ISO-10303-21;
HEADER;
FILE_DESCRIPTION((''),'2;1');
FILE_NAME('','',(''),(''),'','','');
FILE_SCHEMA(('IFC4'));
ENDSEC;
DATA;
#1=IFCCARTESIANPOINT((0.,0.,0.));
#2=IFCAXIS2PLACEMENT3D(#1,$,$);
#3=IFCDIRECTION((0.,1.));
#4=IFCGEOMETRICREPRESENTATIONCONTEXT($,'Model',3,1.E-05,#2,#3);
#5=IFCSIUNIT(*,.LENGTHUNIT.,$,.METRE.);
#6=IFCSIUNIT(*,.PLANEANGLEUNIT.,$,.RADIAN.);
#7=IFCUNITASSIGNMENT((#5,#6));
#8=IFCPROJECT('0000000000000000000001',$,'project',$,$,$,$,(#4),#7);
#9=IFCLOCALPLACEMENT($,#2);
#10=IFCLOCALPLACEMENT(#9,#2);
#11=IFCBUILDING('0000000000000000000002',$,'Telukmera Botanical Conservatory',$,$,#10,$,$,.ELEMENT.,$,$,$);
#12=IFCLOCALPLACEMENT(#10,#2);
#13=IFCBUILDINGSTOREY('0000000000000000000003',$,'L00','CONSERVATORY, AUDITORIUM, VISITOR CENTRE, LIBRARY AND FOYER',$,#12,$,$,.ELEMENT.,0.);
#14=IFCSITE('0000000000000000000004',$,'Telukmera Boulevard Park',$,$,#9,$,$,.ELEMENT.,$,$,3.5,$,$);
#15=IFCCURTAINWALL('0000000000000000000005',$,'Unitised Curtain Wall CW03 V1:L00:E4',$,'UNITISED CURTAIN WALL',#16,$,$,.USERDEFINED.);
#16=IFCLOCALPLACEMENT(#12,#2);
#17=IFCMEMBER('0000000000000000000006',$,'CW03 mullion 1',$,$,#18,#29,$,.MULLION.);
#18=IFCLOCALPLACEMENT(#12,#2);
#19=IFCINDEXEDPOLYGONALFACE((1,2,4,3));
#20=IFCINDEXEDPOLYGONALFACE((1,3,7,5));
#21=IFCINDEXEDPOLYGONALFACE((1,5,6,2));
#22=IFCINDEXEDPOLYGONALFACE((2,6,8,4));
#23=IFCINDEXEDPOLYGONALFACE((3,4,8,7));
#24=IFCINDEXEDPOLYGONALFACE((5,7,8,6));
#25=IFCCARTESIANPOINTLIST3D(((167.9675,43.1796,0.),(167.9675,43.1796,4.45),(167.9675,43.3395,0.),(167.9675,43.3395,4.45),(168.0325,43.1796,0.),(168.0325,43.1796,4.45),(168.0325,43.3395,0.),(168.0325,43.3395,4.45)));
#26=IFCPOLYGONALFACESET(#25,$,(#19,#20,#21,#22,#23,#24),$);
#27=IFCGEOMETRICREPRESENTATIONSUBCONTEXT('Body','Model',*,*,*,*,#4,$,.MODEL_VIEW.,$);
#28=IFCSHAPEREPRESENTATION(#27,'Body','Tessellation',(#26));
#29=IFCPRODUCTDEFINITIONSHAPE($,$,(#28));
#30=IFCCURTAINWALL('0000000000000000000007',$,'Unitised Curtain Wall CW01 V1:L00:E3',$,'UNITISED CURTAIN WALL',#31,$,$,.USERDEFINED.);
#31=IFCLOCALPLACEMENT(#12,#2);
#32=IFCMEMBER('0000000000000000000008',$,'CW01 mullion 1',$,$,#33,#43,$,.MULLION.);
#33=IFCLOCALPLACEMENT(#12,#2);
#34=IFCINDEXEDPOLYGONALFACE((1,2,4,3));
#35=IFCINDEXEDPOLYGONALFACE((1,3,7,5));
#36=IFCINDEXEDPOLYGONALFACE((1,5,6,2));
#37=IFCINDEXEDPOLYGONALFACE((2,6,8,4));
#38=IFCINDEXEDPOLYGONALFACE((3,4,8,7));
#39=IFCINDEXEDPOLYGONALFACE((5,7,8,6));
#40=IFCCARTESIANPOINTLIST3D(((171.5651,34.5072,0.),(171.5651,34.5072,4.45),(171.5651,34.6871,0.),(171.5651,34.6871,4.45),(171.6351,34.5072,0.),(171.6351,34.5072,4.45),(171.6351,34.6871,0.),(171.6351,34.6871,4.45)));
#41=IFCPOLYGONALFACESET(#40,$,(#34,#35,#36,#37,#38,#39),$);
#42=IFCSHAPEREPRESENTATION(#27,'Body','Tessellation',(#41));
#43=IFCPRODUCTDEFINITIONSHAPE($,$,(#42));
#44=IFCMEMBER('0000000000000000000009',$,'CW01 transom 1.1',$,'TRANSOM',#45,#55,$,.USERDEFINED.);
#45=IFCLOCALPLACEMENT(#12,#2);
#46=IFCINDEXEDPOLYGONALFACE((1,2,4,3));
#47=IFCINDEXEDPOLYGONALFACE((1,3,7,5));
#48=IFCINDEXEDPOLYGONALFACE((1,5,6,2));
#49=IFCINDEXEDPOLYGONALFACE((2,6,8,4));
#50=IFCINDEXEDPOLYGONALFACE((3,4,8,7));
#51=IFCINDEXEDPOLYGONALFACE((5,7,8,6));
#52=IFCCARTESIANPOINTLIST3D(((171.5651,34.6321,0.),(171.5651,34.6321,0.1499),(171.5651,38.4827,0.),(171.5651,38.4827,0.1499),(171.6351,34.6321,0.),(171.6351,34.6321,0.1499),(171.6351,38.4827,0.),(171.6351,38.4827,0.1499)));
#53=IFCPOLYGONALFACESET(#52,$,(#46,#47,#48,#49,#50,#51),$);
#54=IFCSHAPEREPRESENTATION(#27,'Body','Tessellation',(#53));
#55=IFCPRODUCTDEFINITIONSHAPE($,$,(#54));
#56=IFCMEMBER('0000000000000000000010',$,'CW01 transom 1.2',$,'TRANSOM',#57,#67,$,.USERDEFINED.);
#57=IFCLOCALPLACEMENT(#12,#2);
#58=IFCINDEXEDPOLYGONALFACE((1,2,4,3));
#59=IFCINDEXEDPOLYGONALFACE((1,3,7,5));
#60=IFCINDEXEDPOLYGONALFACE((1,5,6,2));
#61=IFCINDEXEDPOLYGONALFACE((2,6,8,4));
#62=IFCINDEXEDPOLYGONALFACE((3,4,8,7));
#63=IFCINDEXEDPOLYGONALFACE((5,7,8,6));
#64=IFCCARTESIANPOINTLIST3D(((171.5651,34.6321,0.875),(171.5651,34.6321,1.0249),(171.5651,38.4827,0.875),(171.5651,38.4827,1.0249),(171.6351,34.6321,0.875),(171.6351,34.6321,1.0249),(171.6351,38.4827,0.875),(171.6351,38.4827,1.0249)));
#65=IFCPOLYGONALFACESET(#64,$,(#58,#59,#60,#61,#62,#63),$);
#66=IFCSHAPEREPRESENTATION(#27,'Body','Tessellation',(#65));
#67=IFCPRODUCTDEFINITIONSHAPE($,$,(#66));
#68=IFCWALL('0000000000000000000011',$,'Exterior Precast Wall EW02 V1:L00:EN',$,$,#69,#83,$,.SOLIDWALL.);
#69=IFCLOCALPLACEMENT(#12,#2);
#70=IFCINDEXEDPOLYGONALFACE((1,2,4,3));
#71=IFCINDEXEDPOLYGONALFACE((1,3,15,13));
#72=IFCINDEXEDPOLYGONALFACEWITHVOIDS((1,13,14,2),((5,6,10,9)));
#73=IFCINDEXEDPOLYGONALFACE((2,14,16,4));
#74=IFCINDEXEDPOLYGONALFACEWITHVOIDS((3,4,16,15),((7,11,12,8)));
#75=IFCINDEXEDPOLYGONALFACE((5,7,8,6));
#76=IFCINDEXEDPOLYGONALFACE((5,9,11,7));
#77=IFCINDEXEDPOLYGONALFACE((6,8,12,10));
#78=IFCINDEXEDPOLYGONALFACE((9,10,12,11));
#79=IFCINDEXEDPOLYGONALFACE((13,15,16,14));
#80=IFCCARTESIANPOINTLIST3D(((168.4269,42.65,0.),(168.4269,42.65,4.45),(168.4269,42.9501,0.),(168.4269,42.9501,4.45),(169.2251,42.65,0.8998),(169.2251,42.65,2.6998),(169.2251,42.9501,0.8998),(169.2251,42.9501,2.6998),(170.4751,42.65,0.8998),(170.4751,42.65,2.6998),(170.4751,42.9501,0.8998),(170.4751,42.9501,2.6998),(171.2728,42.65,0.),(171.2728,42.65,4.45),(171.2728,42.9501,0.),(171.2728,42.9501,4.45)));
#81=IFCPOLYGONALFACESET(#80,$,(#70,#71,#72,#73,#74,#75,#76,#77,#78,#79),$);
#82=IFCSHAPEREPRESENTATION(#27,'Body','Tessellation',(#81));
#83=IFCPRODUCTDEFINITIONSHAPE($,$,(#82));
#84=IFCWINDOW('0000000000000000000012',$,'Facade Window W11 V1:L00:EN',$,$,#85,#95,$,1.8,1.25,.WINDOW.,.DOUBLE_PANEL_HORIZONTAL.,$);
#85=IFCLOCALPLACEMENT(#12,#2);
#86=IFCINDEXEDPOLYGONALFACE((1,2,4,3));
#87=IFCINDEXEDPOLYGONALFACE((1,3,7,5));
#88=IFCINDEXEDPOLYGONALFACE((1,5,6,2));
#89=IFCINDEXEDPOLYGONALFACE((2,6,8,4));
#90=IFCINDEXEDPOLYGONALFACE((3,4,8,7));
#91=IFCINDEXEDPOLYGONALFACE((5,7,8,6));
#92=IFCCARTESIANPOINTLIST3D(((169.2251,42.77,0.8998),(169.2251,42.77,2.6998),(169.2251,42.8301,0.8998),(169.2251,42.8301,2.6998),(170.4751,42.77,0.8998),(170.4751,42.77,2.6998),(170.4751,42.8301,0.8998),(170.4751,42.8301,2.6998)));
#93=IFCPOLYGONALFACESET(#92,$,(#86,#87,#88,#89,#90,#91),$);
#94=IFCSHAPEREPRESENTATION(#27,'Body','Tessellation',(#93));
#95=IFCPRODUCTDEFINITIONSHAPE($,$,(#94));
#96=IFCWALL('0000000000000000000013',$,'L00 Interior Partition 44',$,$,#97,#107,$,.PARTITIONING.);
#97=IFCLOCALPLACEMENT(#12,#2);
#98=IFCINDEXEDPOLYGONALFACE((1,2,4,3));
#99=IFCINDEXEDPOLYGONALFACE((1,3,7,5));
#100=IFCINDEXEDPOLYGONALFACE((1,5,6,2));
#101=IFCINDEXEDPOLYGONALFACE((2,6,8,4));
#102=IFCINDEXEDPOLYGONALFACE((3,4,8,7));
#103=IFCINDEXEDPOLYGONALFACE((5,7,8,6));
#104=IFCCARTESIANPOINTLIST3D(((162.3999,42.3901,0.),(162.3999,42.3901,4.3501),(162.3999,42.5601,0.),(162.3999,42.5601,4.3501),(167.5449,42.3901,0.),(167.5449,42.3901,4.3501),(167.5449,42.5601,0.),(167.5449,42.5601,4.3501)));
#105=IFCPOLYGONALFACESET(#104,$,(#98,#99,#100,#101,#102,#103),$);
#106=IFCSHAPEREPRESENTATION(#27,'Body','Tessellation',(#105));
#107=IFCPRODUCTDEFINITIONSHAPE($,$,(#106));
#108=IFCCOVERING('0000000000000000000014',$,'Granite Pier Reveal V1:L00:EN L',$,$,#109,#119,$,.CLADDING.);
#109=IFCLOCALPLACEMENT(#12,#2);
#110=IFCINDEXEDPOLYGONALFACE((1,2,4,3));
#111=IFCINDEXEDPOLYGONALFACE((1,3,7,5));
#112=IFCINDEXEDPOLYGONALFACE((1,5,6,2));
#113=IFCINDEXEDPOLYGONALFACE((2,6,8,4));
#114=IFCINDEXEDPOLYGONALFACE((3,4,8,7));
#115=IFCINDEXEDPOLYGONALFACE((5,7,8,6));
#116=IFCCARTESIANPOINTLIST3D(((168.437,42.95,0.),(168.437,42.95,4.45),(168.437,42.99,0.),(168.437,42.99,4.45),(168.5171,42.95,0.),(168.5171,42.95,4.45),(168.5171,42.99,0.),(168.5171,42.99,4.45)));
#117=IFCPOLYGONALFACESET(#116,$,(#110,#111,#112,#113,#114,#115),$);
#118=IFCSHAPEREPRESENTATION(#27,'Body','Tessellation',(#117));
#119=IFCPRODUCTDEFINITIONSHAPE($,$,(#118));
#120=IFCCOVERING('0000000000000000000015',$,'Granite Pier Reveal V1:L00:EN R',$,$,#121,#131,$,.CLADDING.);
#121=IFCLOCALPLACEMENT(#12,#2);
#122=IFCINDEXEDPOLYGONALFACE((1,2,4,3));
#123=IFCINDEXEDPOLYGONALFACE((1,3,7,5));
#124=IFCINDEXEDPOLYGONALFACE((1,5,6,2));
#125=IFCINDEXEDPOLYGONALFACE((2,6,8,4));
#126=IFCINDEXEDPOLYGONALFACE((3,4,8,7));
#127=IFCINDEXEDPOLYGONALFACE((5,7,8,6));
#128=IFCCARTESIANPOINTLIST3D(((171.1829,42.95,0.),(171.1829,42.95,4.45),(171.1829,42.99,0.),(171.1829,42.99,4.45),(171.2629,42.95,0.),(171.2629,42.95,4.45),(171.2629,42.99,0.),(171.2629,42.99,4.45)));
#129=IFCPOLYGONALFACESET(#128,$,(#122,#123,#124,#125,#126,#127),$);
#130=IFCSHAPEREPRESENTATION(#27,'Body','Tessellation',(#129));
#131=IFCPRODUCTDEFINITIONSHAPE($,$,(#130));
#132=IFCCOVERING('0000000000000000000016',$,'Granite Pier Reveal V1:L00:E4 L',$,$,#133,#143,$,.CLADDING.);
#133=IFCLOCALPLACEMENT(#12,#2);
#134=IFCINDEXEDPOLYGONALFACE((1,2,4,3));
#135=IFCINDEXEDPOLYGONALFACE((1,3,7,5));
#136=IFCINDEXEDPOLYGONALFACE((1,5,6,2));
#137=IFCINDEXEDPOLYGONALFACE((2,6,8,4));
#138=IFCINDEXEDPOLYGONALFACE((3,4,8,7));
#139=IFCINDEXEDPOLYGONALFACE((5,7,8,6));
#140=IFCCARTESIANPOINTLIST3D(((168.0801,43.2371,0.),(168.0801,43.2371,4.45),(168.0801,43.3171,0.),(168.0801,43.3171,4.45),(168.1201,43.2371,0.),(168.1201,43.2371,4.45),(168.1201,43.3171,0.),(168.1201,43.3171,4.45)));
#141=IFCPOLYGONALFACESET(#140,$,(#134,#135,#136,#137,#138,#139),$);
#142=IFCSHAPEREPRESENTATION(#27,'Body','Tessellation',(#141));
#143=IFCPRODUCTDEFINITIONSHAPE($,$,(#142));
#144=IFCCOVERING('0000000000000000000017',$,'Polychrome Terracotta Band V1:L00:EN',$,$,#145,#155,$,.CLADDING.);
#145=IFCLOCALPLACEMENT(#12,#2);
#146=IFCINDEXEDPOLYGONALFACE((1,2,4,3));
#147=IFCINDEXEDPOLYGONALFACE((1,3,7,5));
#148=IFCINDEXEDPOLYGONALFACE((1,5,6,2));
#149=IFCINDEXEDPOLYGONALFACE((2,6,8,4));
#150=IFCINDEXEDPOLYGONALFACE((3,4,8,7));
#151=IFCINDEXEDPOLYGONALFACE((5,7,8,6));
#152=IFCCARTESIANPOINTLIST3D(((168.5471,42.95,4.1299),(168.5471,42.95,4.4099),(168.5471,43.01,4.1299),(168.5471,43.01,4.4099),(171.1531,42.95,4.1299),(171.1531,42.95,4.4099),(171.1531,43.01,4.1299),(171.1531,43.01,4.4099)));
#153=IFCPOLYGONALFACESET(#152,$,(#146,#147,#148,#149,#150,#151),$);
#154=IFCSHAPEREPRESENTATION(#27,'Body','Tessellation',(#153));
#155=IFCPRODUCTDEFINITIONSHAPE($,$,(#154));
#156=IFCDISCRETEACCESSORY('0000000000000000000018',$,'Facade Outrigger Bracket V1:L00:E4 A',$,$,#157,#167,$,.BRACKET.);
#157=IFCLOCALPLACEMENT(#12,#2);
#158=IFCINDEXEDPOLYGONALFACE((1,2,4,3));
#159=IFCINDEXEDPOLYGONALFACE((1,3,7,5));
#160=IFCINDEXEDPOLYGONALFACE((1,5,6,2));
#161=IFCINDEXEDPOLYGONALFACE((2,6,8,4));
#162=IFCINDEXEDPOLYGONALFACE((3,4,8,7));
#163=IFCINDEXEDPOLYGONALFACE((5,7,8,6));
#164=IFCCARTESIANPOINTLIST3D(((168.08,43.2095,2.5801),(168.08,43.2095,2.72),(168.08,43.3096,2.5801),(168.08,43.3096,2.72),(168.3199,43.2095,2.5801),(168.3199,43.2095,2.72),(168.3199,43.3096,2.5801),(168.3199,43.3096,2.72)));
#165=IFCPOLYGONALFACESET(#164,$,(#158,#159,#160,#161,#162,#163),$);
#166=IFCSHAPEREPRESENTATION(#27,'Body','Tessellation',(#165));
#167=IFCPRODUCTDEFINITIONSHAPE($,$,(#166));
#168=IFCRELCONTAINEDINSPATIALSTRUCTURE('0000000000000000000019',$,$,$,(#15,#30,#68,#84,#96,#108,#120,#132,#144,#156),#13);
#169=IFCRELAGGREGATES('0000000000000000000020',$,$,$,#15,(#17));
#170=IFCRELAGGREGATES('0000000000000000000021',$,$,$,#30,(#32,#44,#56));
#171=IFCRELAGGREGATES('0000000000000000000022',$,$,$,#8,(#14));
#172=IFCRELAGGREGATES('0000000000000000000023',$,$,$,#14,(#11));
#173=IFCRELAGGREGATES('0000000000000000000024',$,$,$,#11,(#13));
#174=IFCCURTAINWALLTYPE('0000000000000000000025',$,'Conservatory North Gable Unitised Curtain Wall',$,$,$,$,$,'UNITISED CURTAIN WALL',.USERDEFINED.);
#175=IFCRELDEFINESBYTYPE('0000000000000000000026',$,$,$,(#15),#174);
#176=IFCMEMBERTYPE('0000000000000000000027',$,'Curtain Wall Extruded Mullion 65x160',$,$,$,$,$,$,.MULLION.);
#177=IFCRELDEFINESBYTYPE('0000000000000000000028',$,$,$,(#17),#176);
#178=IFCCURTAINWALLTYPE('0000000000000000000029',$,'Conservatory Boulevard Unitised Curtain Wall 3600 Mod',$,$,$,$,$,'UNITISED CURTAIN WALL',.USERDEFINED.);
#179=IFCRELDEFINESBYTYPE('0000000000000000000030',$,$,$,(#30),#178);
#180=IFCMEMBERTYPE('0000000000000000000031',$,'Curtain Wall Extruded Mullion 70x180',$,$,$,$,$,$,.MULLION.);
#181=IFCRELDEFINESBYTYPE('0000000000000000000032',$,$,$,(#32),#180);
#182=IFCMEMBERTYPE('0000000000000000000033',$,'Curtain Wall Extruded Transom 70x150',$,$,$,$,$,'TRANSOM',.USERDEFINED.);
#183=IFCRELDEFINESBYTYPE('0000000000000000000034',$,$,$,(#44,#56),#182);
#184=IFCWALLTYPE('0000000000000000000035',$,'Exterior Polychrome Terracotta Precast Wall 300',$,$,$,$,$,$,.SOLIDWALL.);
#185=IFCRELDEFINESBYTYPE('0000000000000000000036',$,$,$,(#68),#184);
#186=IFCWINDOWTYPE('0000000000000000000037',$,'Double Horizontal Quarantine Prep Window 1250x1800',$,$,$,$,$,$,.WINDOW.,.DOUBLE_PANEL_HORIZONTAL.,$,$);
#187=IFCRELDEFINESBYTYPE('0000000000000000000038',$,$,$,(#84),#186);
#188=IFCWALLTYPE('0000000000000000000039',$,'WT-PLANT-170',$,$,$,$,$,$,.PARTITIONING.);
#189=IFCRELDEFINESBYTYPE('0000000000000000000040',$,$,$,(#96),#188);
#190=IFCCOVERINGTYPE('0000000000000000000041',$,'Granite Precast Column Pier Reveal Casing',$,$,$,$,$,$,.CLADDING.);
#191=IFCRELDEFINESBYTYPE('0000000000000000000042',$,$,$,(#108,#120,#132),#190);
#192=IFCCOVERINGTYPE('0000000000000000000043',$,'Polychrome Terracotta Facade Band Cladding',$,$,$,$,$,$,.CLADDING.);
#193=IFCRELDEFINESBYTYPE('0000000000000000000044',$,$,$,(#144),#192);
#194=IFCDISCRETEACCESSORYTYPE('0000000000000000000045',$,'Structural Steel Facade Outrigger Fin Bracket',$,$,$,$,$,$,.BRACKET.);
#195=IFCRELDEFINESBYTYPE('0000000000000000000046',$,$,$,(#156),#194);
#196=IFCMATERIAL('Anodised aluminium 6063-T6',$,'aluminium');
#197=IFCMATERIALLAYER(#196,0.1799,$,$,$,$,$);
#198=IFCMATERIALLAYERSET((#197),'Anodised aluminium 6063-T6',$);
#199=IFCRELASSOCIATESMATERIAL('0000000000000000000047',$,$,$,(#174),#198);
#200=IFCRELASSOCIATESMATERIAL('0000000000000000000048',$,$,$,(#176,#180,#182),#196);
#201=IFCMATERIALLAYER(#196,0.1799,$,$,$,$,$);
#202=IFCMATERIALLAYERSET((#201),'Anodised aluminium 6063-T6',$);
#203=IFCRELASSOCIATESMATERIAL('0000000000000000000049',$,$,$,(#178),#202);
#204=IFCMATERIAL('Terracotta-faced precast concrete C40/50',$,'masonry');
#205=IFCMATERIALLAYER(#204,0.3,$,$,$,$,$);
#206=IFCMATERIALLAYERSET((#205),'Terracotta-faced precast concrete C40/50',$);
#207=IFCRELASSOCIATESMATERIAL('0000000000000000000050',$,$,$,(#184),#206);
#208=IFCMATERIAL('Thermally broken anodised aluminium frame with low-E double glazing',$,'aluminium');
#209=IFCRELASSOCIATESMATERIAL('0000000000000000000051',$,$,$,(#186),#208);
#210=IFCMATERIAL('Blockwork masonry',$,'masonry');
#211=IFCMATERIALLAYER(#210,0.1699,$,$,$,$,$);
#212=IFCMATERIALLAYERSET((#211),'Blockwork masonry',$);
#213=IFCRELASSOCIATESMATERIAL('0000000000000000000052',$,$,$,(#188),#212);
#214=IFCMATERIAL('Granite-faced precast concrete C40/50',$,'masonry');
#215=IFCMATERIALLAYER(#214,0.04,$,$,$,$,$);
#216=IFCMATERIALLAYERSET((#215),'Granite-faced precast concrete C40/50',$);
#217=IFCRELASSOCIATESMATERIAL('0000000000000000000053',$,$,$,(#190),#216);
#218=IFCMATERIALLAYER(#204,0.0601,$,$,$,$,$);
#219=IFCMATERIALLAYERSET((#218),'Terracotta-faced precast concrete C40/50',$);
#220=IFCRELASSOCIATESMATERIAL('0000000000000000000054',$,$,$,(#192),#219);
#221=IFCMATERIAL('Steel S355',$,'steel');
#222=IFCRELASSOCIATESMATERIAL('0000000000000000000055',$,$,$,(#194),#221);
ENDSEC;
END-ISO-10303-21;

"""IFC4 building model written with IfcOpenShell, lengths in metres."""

from ifc_helpers import new_model, si_unit, direction, frame, frame_2d, origin, origin_2d, place, context, subcontext, project, spatial, rectangle, extrude, material, layer, layer_set, material_profile, profile_set, type_object, element, fill, aggregate, save


model = new_model("IFC4")

# Units and contexts
model_context = context("Model", 3, precision=1e-05, world=origin(), true_north=direction((0.0, 1.0)))
body_context = subcontext(model_context, "Body", "Model", "MODEL_VIEW")
ifc_project = project(units=[si_unit("LENGTHUNIT", "METRE"), si_unit("PLANEANGLEUNIT", "RADIAN")], contexts=[model_context])

# Site, building, storey
site_placement = place(None, origin())
site = spatial("IfcSite", under=ifc_project, at=site_placement, Name="Telukmera Boulevard Park", CompositionType="ELEMENT", RefElevation=3.5)
building_placement = place(site_placement, origin())
building = spatial("IfcBuilding", under=site, at=building_placement, Name="Telukmera Botanical Conservatory", CompositionType="ELEMENT")
storey_placement = place(building_placement, origin())
storey = spatial("IfcBuildingStorey", under=building, at=storey_placement, Name="L00", Description="CONSERVATORY, AUDITORIUM, VISITOR CENTRE, LIBRARY AND FOYER", CompositionType="ELEMENT", Elevation=0.0)

# Shared definitions
ifc_material_1 = material(Name="Steel S355", Category="steel")

# Curtain wall, member
ifc_material_2 = material(Name="Anodised aluminium 6063-T6", Category="aluminium")
ifc_layer_1 = layer(ifc_material_2, 0.1799)
ifc_layer_set_1 = layer_set([ifc_layer_1], Name="Anodised aluminium 6063-T6")
curtain_wall_type_1 = type_object("IfcCurtainWallType", Name="Conservatory North Gable Unitised Curtain Wall", ElementType="UNITISED CURTAIN WALL", PredefinedType="USERDEFINED", material=ifc_layer_set_1)
curtain_wall_1_placement = place(storey_placement, origin())
curtain_wall_1 = element("IfcCurtainWall", 1, at=curtain_wall_1_placement, inside=storey, type_object=curtain_wall_type_1, Name="Unitised Curtain Wall CW03 V1:L00:E4", ObjectType="UNITISED CURTAIN WALL", PredefinedType="USERDEFINED")
ifc_material_profile_1 = material_profile(ifc_material_2, rectangle(XDim=0.0649, YDim=0.1599, at=origin_2d()), Name="ALU MULL 65x160")
ifc_profile_set_1 = profile_set([ifc_material_profile_1], Name="Anodised aluminium 6063-T6")
member_type_1 = type_object("IfcMemberType", Name="Curtain Wall Extruded Mullion 65x160", PredefinedType="MULLION", material=ifc_profile_set_1)
member_1_placement = place(storey_placement, frame((168.0, 43.2595, 0.0), z_axis=(0.0, 0.0, 1.0), x_axis=(-1.0, 0.0, 0.0)))
member_1 = element("IfcMember", 2, at=member_1_placement, type_object=member_type_1, Name="CW03 mullion 1", PredefinedType="MULLION", context=body_context, shape_type="SweptSolid", body=[
    extrude(rectangle(XDim=0.0649, YDim=0.1599, at=origin_2d()), origin(), (0.0, 0.0, 1.0), 4.45),
])
aggregate(curtain_wall_1, [member_1])

# Curtain wall, members
ifc_layer_2 = layer(ifc_material_2, 0.1799)
ifc_layer_set_2 = layer_set([ifc_layer_2], Name="Anodised aluminium 6063-T6")
curtain_wall_type_2 = type_object("IfcCurtainWallType", Name="Conservatory Boulevard Unitised Curtain Wall 3600 Mod", ElementType="UNITISED CURTAIN WALL", PredefinedType="USERDEFINED", material=ifc_layer_set_2)
curtain_wall_2_placement = place(storey_placement, origin())
curtain_wall_2 = element("IfcCurtainWall", 3, at=curtain_wall_2_placement, inside=storey, type_object=curtain_wall_type_2, Name="Unitised Curtain Wall CW01 V1:L00:E3", ObjectType="UNITISED CURTAIN WALL", PredefinedType="USERDEFINED")
ifc_material_profile_2 = material_profile(ifc_material_2, rectangle(XDim=0.0701, YDim=0.1799, at=origin_2d()), Name="ALU MULL 70x180")
ifc_profile_set_2 = profile_set([ifc_material_profile_2], Name="Anodised aluminium 6063-T6")
member_type_2 = type_object("IfcMemberType", Name="Curtain Wall Extruded Mullion 70x180", PredefinedType="MULLION", material=ifc_profile_set_2)
member_2_placement = place(storey_placement, frame((171.6001, 34.5972, 0.0), z_axis=(0.0, 0.0, 1.0), x_axis=(-1.0, 0.0, 0.0)))
member_2 = element("IfcMember", 4, at=member_2_placement, type_object=member_type_2, Name="CW01 mullion 1", PredefinedType="MULLION", context=body_context, shape_type="SweptSolid", body=[
    extrude(rectangle(XDim=0.0701, YDim=0.1799, at=origin_2d()), origin(), (0.0, 0.0, 1.0), 4.45),
])
ifc_material_profile_3 = material_profile(ifc_material_2, rectangle(XDim=0.0701, YDim=0.1499, at=origin_2d()), Name="ALU TRAN 70x150")
ifc_profile_set_3 = profile_set([ifc_material_profile_3], Name="Anodised aluminium 6063-T6")
member_type_3 = type_object("IfcMemberType", Name="Curtain Wall Extruded Transom 70x150", ElementType="TRANSOM", PredefinedType="USERDEFINED", material=ifc_profile_set_3)
member_3_placement = place(storey_placement, frame((171.6001, 34.6321, 0.075), z_axis=(0.0, 1.0, 0.0), x_axis=(-1.0, 0.0, 0.0)))
member_3 = element("IfcMember", 5, at=member_3_placement, type_object=member_type_3, Name="CW01 transom 1.1", ObjectType="TRANSOM", PredefinedType="USERDEFINED", context=body_context, shape_type="SweptSolid", body=[
    extrude(rectangle(XDim=0.0701, YDim=0.1499, at=origin_2d()), origin(), (0.0, 0.0, 1.0), 3.8506),
])
member_4_placement = place(storey_placement, frame((171.6001, 34.6321, 0.95), z_axis=(0.0, 1.0, 0.0), x_axis=(-1.0, 0.0, 0.0)))
member_4 = element("IfcMember", 6, at=member_4_placement, type_object=member_type_3, Name="CW01 transom 1.2", ObjectType="TRANSOM", PredefinedType="USERDEFINED", context=body_context, shape_type="SweptSolid", body=[
    extrude(rectangle(XDim=0.0701, YDim=0.1499, at=origin_2d()), origin(), (0.0, 0.0, 1.0), 3.8506),
])
aggregate(curtain_wall_2, [member_2, member_3, member_4])

# Wall, opening, window
ifc_material_3 = material(Name="Terracotta-faced precast concrete C40/50", Category="masonry")
ifc_layer_3 = layer(ifc_material_3, 0.3)
ifc_layer_set_3 = layer_set([ifc_layer_3], Name="Terracotta-faced precast concrete C40/50")
wall_type_1 = type_object("IfcWallType", Name="Exterior Polychrome Terracotta Precast Wall 300", PredefinedType="SOLIDWALL", material=ifc_layer_set_3)
wall_1_placement = place(storey_placement, frame((168.427, 42.8, 0.0), z_axis=(0.0, 0.0, 1.0), x_axis=(1.0, 0.0, 0.0)))
wall_1 = element("IfcWall", 7, at=wall_1_placement, inside=storey, type_object=wall_type_1, Name="Exterior Precast Wall EW02 V1:L00:EN", PredefinedType="SOLIDWALL", context=body_context, shape_type="SweptSolid", body=[
    extrude(rectangle(XDim=2.8459, YDim=0.3, at=frame_2d((1.4229, 0.0))), origin(), (0.0, 0.0, 1.0), 4.45),
])
opening_placement = place(wall_1_placement, frame((0.7981, 0.0, 0.8999)))
opening = element("IfcOpeningElement", 8, at=opening_placement, cuts=wall_1, PredefinedType="OPENING", context=body_context, shape_type="SweptSolid", body=[
    extrude(rectangle(XDim=1.25, YDim=1.8, at=frame_2d((0.625, 0.8999))), frame((0.0, 0.1599, 0.0), z_axis=(0.0, -1.0, 0.0), x_axis=(1.0, 0.0, 0.0)), (0.0, 0.0, 1.0), 0.3201),
])
ifc_material_4 = material(Name="Thermally broken anodised aluminium frame with low-E double glazing", Category="aluminium")
window_type = type_object("IfcWindowType", Name="Double Horizontal Quarantine Prep Window 1250x1800", PartitioningType="DOUBLE_PANEL_HORIZONTAL", PredefinedType="WINDOW", material=ifc_material_4)
window_placement = place(opening_placement, origin())
window = element("IfcWindow", 9, at=window_placement, inside=storey, type_object=window_type, Name="Facade Window W11 V1:L00:EN", OverallHeight=1.8, OverallWidth=1.25, PartitioningType="DOUBLE_PANEL_HORIZONTAL", PredefinedType="WINDOW", context=body_context, shape_type="SweptSolid", body=[
    extrude(rectangle(XDim=1.25, YDim=1.8, at=frame_2d((0.625, 0.8999))), frame((0.0, 0.03, 0.0), z_axis=(0.0, -1.0, 0.0), x_axis=(1.0, 0.0, 0.0)), (0.0, 0.0, 1.0), 0.0601),
])
fill(opening, window)

# Wall
ifc_material_5 = material(Name="Blockwork masonry", Category="masonry")
ifc_layer_4 = layer(ifc_material_5, 0.1699)
ifc_layer_set_4 = layer_set([ifc_layer_4], Name="Blockwork masonry")
wall_type_2 = type_object("IfcWallType", Name="WT-PLANT-170", PredefinedType="PARTITIONING", material=ifc_layer_set_4)
wall_2_placement = place(storey_placement, frame((162.3999, 42.4751, 0.0), z_axis=(0.0, 0.0, 1.0), x_axis=(1.0, 0.0, 0.0)))
element("IfcWall", 10, at=wall_2_placement, inside=storey, type_object=wall_type_2, Name="L00 Interior Partition 44", PredefinedType="PARTITIONING", context=body_context, shape_type="SweptSolid", body=[
    extrude(rectangle(XDim=5.145, YDim=0.1699, at=frame_2d((2.5725, 0.0))), origin(), (0.0, 0.0, 1.0), 4.3501),
])

# Coverings
ifc_material_6 = material(Name="Granite-faced precast concrete C40/50", Category="masonry")
ifc_layer_5 = layer(ifc_material_6, 0.04)
ifc_layer_set_5 = layer_set([ifc_layer_5], Name="Granite-faced precast concrete C40/50")
covering_type_1 = type_object("IfcCoveringType", Name="Granite Precast Column Pier Reveal Casing", PredefinedType="CLADDING", material=ifc_layer_set_5)
for number, where, z_axis, x_axis, name in (
    (11, (168.4771, 42.97, 0.0), (0.0, 0.0, 1.0), (1.0, 0.0, 0.0), "Granite Pier Reveal V1:L00:EN L"),
    (12, (171.2229, 42.97, 0.0), (0.0, 0.0, 1.0), (1.0, 0.0, 0.0), "Granite Pier Reveal V1:L00:EN R"),
    (13, (168.1001, 43.2771, 0.0), (0.0, 0.0, 1.0), (0.0, 1.0, 0.0), "Granite Pier Reveal V1:L00:E4 L"),
):
    element("IfcCovering", number, at=place(storey_placement, frame(where, z_axis=z_axis, x_axis=x_axis)), inside=storey, type_object=covering_type_1, Name=name, PredefinedType="CLADDING", context=body_context, shape_type="SweptSolid", body=[
        extrude(rectangle(XDim=0.0801, YDim=0.04, at=origin_2d()), origin(), (0.0, 0.0, 1.0), 4.45),
    ])
ifc_layer_6 = layer(ifc_material_3, 0.0601)
ifc_layer_set_6 = layer_set([ifc_layer_6], Name="Terracotta-faced precast concrete C40/50")
covering_type_2 = type_object("IfcCoveringType", Name="Polychrome Terracotta Facade Band Cladding", PredefinedType="CLADDING", material=ifc_layer_set_6)
covering_placement = place(storey_placement, frame((169.8501, 42.98, 4.1299), z_axis=(0.0, 0.0, 1.0), x_axis=(1.0, 0.0, 0.0)))
element("IfcCovering", 14, at=covering_placement, inside=storey, type_object=covering_type_2, Name="Polychrome Terracotta Band V1:L00:EN", PredefinedType="CLADDING", context=body_context, shape_type="SweptSolid", body=[
    extrude(rectangle(XDim=2.606, YDim=0.0601, at=origin_2d()), origin(), (0.0, 0.0, 1.0), 0.28),
])

# Discrete accessory
discrete_accessory_type = type_object("IfcDiscreteAccessoryType", Name="Structural Steel Facade Outrigger Fin Bracket", PredefinedType="BRACKET", material=ifc_material_1)
discrete_accessory_placement = place(storey_placement, frame((168.2, 43.2595, 2.5801), z_axis=(0.0, 0.0, 1.0), x_axis=(0.0, 1.0, 0.0)))
element("IfcDiscreteAccessory", 15, at=discrete_accessory_placement, inside=storey, type_object=discrete_accessory_type, Name="Facade Outrigger Bracket V1:L00:E4 A", PredefinedType="BRACKET", context=body_context, shape_type="SweptSolid", body=[
    extrude(rectangle(XDim=0.1001, YDim=0.24, at=origin_2d()), origin(), (0.0, 0.0, 1.0), 0.1399),
])

save(model, "model.ifc")
